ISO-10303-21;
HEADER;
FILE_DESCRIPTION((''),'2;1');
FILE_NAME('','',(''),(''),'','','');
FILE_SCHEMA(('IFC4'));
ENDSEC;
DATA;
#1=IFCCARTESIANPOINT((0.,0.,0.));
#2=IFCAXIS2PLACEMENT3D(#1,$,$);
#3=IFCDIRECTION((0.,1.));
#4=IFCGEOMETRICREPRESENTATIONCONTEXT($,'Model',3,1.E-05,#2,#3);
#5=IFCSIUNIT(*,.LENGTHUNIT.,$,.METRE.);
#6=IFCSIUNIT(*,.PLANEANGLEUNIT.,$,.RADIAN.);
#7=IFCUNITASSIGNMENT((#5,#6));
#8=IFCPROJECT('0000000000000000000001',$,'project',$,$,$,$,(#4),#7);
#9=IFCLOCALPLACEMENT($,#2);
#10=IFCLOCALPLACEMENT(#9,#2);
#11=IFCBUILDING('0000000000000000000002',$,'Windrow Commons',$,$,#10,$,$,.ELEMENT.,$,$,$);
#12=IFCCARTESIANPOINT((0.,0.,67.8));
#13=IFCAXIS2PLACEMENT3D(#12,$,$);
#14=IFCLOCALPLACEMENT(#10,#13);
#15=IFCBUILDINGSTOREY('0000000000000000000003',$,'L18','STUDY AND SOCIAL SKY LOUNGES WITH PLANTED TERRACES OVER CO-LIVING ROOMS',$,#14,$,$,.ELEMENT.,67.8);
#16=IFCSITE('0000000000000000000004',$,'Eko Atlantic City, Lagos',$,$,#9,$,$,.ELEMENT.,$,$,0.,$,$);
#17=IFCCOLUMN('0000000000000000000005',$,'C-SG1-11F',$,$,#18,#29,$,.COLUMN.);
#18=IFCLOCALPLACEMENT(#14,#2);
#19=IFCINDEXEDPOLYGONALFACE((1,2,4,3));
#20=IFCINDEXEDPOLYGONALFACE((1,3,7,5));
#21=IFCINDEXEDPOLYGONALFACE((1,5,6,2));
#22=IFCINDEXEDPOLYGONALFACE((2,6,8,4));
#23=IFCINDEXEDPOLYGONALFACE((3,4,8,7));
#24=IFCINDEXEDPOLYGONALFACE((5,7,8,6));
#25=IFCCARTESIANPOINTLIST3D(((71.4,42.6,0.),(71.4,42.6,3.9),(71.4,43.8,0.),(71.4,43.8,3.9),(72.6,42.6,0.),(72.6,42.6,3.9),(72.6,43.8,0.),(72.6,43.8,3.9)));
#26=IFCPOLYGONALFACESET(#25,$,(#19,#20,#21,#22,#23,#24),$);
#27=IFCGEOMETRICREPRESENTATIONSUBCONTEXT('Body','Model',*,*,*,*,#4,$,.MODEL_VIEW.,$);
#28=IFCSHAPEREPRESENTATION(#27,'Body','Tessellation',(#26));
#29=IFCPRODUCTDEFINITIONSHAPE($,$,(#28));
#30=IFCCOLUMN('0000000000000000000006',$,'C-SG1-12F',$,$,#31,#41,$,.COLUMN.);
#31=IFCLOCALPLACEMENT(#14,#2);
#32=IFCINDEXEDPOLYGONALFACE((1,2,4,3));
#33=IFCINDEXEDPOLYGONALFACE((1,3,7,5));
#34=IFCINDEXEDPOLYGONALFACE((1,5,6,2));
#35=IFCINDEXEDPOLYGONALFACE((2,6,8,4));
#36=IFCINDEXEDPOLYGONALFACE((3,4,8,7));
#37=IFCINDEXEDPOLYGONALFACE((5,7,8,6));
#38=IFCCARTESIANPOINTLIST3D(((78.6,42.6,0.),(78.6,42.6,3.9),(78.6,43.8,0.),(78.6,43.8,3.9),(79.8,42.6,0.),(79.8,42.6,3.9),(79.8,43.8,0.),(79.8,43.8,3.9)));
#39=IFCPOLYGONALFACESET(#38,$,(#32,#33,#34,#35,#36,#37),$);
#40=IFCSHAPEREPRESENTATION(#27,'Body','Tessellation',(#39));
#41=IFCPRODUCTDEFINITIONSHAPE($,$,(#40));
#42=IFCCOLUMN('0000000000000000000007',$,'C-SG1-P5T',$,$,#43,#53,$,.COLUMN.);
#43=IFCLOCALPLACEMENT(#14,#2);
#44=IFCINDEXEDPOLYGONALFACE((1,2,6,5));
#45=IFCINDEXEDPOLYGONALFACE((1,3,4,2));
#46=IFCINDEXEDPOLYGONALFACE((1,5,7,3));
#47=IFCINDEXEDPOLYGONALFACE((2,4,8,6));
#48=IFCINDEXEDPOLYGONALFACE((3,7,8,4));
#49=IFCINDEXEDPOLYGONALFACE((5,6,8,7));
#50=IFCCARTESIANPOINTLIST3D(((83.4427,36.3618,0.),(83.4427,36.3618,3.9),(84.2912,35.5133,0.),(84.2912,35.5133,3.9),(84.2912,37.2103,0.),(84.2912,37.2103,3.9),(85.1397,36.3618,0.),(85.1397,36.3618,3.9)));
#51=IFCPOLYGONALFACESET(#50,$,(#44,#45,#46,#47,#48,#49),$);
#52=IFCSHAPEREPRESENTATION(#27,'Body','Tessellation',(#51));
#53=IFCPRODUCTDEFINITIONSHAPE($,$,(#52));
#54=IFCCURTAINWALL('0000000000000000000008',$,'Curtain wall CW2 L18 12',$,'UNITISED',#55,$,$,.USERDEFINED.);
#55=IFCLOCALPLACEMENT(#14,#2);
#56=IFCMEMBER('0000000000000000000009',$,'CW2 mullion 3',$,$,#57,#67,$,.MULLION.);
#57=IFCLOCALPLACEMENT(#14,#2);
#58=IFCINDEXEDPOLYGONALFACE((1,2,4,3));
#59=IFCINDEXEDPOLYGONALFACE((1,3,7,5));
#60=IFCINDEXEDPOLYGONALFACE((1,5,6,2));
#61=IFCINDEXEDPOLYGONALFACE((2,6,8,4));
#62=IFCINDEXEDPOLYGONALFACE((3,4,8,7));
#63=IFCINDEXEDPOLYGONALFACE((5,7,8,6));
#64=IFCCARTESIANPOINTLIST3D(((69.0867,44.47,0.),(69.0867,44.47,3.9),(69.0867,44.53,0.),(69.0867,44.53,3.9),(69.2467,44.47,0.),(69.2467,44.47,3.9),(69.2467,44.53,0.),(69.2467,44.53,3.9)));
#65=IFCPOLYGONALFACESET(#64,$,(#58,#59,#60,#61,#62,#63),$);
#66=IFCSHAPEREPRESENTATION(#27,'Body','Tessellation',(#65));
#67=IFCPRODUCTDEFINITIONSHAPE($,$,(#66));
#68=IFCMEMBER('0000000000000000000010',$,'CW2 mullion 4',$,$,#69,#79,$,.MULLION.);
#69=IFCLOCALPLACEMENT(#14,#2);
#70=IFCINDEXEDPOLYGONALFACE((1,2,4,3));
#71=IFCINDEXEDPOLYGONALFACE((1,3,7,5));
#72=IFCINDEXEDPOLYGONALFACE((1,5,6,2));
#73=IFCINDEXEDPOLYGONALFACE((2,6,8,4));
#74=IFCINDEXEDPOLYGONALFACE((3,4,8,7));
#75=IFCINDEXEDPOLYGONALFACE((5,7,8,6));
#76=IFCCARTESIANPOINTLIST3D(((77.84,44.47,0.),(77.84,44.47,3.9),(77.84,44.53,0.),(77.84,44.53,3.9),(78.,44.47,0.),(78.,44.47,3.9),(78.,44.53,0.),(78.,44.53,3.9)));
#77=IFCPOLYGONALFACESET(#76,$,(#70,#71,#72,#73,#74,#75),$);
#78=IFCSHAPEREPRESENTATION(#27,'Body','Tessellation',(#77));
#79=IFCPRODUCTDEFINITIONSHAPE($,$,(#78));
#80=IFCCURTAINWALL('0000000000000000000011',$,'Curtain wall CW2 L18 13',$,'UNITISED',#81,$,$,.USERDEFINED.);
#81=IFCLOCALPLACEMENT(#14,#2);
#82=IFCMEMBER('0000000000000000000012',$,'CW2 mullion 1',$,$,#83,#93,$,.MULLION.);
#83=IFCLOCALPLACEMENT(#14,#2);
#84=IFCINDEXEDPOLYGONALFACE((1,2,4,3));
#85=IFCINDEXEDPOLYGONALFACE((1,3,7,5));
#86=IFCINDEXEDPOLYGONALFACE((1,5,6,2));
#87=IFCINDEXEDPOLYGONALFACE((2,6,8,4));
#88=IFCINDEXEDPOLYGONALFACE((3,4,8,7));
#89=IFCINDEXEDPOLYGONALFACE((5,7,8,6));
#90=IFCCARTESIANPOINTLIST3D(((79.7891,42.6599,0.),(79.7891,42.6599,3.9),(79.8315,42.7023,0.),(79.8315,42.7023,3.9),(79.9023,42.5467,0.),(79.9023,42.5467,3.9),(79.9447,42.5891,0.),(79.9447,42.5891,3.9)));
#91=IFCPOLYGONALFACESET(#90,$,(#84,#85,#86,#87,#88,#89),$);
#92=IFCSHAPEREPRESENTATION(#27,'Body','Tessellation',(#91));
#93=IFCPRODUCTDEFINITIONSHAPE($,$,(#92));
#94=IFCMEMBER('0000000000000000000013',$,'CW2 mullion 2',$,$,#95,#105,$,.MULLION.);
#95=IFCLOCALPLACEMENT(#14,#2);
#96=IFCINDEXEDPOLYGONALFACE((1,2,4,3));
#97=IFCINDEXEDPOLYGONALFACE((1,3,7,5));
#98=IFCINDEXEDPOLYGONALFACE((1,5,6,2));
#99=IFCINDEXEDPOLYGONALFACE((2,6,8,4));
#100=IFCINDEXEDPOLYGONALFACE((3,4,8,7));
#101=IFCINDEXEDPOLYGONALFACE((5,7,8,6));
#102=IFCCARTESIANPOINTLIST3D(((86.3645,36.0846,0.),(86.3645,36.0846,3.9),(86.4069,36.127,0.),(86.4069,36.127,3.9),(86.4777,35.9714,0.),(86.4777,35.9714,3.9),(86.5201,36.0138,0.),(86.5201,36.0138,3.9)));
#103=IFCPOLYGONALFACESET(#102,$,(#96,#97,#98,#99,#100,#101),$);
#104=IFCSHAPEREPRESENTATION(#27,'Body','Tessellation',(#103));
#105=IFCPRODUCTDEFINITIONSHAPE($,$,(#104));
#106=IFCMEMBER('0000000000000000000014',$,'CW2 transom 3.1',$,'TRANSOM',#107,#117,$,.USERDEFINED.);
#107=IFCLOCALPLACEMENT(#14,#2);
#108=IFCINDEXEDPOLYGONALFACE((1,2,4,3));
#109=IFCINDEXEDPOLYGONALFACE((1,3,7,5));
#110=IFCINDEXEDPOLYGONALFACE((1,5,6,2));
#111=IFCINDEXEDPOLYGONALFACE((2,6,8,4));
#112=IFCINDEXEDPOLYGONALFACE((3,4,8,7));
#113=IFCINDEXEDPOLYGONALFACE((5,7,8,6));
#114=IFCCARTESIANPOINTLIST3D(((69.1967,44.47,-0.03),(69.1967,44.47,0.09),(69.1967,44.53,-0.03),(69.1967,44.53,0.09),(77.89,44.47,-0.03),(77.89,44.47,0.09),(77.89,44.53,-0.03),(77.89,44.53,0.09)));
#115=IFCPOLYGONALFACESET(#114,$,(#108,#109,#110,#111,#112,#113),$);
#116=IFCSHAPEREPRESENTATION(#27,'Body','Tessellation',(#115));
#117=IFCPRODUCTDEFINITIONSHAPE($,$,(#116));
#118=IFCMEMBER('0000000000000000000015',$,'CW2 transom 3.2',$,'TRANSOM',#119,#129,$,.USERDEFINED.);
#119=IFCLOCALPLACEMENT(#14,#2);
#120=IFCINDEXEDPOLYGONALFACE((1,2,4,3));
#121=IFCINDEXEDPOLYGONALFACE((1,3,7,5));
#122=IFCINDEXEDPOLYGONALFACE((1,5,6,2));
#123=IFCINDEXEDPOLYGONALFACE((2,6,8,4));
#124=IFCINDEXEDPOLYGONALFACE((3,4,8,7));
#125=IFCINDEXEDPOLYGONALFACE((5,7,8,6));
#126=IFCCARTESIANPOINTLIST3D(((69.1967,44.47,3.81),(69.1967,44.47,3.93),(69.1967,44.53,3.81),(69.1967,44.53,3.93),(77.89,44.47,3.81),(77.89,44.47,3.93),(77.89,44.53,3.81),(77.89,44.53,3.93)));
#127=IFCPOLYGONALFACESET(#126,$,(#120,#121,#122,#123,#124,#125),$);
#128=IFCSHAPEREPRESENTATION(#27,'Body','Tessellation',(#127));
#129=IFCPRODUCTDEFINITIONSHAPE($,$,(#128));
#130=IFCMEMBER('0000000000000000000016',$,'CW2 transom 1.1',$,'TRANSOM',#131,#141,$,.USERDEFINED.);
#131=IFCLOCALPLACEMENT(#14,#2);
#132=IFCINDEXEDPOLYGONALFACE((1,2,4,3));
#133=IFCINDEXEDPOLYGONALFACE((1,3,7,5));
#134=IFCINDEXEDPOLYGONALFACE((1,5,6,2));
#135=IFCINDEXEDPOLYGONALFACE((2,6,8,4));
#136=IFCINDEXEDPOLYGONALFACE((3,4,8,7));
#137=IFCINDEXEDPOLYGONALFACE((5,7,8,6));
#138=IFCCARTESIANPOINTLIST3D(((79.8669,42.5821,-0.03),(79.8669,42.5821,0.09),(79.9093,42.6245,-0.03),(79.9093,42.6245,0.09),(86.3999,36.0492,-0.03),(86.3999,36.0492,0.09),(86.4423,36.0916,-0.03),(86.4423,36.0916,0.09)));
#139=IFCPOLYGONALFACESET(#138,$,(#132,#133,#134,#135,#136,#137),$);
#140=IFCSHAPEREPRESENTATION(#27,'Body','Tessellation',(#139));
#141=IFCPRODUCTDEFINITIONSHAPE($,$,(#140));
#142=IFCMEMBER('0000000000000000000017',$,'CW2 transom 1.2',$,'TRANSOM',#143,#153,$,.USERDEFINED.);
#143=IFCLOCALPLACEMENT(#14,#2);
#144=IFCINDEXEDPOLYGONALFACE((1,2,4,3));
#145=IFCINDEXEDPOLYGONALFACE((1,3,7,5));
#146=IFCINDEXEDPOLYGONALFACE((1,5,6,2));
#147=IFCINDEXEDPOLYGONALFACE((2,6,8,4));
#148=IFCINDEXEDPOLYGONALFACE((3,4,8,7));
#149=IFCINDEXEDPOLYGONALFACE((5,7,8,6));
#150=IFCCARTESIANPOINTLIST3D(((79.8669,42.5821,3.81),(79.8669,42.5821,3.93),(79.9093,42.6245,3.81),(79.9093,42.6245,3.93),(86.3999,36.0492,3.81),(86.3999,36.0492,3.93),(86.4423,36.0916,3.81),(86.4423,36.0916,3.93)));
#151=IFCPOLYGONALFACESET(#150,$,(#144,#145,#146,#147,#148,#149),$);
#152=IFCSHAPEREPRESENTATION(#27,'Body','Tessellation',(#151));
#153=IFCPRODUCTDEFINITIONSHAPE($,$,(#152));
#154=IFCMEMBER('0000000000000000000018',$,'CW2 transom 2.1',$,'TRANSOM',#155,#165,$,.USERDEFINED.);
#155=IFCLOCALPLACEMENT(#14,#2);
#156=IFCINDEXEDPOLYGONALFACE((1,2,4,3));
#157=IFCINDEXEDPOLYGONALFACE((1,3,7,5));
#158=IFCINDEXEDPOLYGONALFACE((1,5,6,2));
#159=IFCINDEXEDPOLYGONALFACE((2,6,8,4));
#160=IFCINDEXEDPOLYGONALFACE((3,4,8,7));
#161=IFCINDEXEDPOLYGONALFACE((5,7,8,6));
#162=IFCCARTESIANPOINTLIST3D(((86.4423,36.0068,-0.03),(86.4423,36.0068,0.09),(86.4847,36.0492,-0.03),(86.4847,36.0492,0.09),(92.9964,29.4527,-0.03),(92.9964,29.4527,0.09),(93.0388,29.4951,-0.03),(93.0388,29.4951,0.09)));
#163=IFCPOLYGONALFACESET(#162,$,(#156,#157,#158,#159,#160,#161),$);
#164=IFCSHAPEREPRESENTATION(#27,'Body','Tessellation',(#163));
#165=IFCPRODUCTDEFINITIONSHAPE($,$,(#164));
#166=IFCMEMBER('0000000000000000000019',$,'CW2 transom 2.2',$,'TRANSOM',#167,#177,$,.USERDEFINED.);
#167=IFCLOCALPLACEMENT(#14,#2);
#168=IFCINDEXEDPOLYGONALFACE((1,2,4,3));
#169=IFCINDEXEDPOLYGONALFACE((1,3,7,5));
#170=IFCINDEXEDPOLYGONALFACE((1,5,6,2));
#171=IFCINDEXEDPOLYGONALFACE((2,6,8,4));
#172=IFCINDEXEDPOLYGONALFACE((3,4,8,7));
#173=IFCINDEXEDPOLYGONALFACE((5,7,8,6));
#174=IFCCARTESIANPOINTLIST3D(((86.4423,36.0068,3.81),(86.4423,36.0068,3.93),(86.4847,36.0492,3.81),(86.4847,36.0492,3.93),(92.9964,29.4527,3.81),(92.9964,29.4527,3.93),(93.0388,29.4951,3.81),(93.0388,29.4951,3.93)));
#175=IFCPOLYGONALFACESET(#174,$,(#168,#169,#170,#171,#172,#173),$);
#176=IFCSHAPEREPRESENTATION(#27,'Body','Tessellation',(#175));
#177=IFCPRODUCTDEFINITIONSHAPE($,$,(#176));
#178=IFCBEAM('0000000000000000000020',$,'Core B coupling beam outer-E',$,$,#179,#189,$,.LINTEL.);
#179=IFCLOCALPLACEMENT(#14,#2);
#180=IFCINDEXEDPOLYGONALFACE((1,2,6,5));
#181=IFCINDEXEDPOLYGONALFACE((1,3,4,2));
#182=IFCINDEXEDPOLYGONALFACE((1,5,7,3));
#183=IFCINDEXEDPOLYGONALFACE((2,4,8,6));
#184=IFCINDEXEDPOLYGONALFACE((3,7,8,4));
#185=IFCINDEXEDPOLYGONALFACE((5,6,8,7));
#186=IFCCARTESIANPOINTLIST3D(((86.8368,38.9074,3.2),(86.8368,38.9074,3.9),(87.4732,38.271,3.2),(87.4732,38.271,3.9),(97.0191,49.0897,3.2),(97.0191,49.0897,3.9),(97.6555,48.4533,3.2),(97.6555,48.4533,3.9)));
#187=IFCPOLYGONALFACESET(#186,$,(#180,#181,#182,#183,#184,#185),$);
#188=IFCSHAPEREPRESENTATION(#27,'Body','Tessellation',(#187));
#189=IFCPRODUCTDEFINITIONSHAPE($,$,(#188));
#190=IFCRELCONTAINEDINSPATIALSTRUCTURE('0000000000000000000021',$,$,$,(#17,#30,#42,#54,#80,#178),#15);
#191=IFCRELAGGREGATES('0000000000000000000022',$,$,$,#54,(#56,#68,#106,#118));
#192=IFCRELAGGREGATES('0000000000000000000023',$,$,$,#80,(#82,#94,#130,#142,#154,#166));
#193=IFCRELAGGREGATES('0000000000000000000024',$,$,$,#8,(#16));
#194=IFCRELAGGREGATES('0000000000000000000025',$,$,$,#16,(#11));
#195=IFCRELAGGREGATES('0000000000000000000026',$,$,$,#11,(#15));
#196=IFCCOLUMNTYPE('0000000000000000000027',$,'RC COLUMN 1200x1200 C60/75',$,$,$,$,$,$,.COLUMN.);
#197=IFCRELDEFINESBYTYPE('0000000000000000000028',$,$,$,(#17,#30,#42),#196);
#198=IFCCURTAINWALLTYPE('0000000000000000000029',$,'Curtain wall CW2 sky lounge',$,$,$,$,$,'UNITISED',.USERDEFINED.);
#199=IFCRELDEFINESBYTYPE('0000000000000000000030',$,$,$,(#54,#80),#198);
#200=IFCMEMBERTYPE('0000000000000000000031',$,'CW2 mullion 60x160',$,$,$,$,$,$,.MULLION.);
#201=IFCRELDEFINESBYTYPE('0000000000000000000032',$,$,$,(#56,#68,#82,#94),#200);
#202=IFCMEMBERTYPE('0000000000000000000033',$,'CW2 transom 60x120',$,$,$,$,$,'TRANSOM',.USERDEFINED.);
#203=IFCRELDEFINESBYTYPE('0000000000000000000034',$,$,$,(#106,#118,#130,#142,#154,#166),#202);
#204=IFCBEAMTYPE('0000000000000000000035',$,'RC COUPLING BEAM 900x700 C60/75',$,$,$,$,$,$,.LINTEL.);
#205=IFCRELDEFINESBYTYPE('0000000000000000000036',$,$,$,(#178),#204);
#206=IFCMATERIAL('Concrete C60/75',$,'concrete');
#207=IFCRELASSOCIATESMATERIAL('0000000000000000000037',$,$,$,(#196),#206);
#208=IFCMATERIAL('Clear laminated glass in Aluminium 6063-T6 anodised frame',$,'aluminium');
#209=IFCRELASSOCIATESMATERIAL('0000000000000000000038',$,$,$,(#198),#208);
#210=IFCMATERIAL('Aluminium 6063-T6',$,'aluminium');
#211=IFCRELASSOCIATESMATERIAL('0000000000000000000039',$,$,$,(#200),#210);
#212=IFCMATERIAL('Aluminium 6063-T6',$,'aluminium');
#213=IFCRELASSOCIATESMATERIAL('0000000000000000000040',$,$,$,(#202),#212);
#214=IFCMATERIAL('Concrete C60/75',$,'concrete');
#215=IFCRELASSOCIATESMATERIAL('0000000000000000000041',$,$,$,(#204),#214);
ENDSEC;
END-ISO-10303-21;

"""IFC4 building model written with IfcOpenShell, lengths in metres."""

from ifc_helpers import new_model, si_unit, direction, frame, origin, origin_2d, place, context, subcontext, project, spatial, rectangle, extrude, material, material_profile, profile_set, type_object, element, aggregate, save


model = new_model("IFC4")

# Units and contexts
model_context = context("Model", 3, precision=1e-05, world=origin(), true_north=direction((0.0, 1.0)))
body_context = subcontext(model_context, "Body", "Model", "MODEL_VIEW")
ifc_project = project(units=[si_unit("LENGTHUNIT", "METRE"), si_unit("PLANEANGLEUNIT", "RADIAN")], contexts=[model_context])

# Site, building, storey
site_placement = place(None, origin())
site = spatial("IfcSite", under=ifc_project, at=site_placement, Name="Eko Atlantic City, Lagos", CompositionType="ELEMENT", RefElevation=0.0)
building_placement = place(site_placement, origin())
building = spatial("IfcBuilding", under=site, at=building_placement, Name="Windrow Commons", CompositionType="ELEMENT")
storey_placement = place(building_placement, frame((0.0, 0.0, 67.8)))
storey = spatial("IfcBuildingStorey", under=building, at=storey_placement, Name="L18", Description="STUDY AND SOCIAL SKY LOUNGES WITH PLANTED TERRACES OVER CO-LIVING ROOMS", CompositionType="ELEMENT", Elevation=67.8)

# Columns
ifc_material_1 = material(Name="Concrete C60/75", Category="concrete")
ifc_material_profile_1 = material_profile(ifc_material_1, rectangle(XDim=1.2, YDim=1.2, at=origin_2d()))
ifc_profile_set_1 = profile_set([ifc_material_profile_1], Name="Concrete C60/75")
column_type = type_object("IfcColumnType", Name="RC COLUMN 1200x1200 C60/75", PredefinedType="COLUMN", material=ifc_profile_set_1)
for number, where, z_axis, x_axis, name in (
    (1, (72.0, 43.2, 0.0), (0.0, 0.0, 1.0), (1.0, 0.0, 0.0), "C-SG1-11F"),
    (2, (79.2, 43.2, 0.0), (0.0, 0.0, 1.0), (1.0, 0.0, 0.0), "C-SG1-12F"),
    (3, (84.2912, 36.3618, 0.0), (0.0, 0.0, 1.0), (0.707107, -0.707107, 0.0), "C-SG1-P5T"),
):
    element("IfcColumn", number, at=place(storey_placement, frame(where, z_axis=z_axis, x_axis=x_axis)), inside=storey, type_object=column_type, Name=name, PredefinedType="COLUMN", context=body_context, shape_type="SweptSolid", body=[
        extrude(rectangle(XDim=1.2, YDim=1.2, at=origin_2d()), origin(), (0.0, 0.0, 1.0), 3.9),
    ])

# Curtain walls, members
ifc_material_2 = material(Name="Clear laminated glass in Aluminium 6063-T6 anodised frame", Category="aluminium")
curtain_wall_type = type_object("IfcCurtainWallType", Name="Curtain wall CW2 sky lounge", ElementType="UNITISED", PredefinedType="USERDEFINED", material=ifc_material_2)
placement = place(storey_placement, origin())
curtain_wall_1 = element("IfcCurtainWall", 4, at=placement, inside=storey, type_object=curtain_wall_type, Name="Curtain wall CW2 L18 12", ObjectType="UNITISED", PredefinedType="USERDEFINED")
ifc_material_3 = material(Name="Aluminium 6063-T6", Category="aluminium")
ifc_material_profile_2 = material_profile(ifc_material_3, rectangle(XDim=0.06, YDim=0.16, at=origin_2d()))
ifc_profile_set_2 = profile_set([ifc_material_profile_2], Name="Aluminium 6063-T6")
member_type_1 = type_object("IfcMemberType", Name="CW2 mullion 60x160", PredefinedType="MULLION", material=ifc_profile_set_2)
member_1_placement = place(storey_placement, frame((69.1667, 44.5, 0.0), z_axis=(0.0, 0.0, 1.0), x_axis=(0.0, 1.0, 0.0)))
member_1 = element("IfcMember", 5, at=member_1_placement, type_object=member_type_1, Name="CW2 mullion 3", PredefinedType="MULLION", context=body_context, shape_type="SweptSolid", body=[
    extrude(rectangle(XDim=0.06, YDim=0.16, at=origin_2d()), origin(), (0.0, 0.0, 1.0), 3.9),
])
member_2_placement = place(storey_placement, frame((77.92, 44.5, 0.0), z_axis=(0.0, 0.0, 1.0), x_axis=(0.0, 1.0, 0.0)))
member_2 = element("IfcMember", 6, at=member_2_placement, type_object=member_type_1, Name="CW2 mullion 4", PredefinedType="MULLION", context=body_context, shape_type="SweptSolid", body=[
    extrude(rectangle(XDim=0.06, YDim=0.16, at=origin_2d()), origin(), (0.0, 0.0, 1.0), 3.9),
])
curtain_wall_2 = element("IfcCurtainWall", 7, at=placement, inside=storey, type_object=curtain_wall_type, Name="Curtain wall CW2 L18 13", ObjectType="UNITISED", PredefinedType="USERDEFINED")
member_3_placement = place(storey_placement, frame((79.8669, 42.6245, 0.0), z_axis=(0.0, 0.0, 1.0), x_axis=(0.707105, 0.707108, 0.0)))
member_3 = element("IfcMember", 8, at=member_3_placement, type_object=member_type_1, Name="CW2 mullion 1", PredefinedType="MULLION", context=body_context, shape_type="SweptSolid", body=[
    extrude(rectangle(XDim=0.06, YDim=0.16, at=origin_2d()), origin(), (0.0, 0.0, 1.0), 3.9),
])
member_4_placement = place(storey_placement, frame((86.4423, 36.0492, 0.0), z_axis=(0.0, 0.0, 1.0), x_axis=(0.707105, 0.707108, 0.0)))
member_4 = element("IfcMember", 9, at=member_4_placement, type_object=member_type_1, Name="CW2 mullion 2", PredefinedType="MULLION", context=body_context, shape_type="SweptSolid", body=[
    extrude(rectangle(XDim=0.06, YDim=0.16, at=origin_2d()), origin(), (0.0, 0.0, 1.0), 3.9),
])

# Members
ifc_material_4 = material(Name="Aluminium 6063-T6", Category="aluminium")
ifc_material_profile_3 = material_profile(ifc_material_4, rectangle(XDim=0.06, YDim=0.12, at=origin_2d()))
ifc_profile_set_3 = profile_set([ifc_material_profile_3], Name="Aluminium 6063-T6")
member_type_2 = type_object("IfcMemberType", Name="CW2 transom 60x120", ElementType="TRANSOM", PredefinedType="USERDEFINED", material=ifc_profile_set_3)
member_5_placement = place(storey_placement, frame((69.1967, 44.5, 0.03), z_axis=(1.0, 0.0, 0.0), x_axis=(0.0, 1.0, 0.0)))
member_5 = element("IfcMember", 10, at=member_5_placement, type_object=member_type_2, Name="CW2 transom 3.1", ObjectType="TRANSOM", PredefinedType="USERDEFINED", context=body_context, shape_type="SweptSolid", body=[
    extrude(rectangle(XDim=0.06, YDim=0.12, at=origin_2d()), origin(), (0.0, 0.0, 1.0), 8.6933),
])
member_6_placement = place(storey_placement, frame((69.1967, 44.5, 3.87), z_axis=(1.0, 0.0, 0.0), x_axis=(0.0, 1.0, 0.0)))
member_6 = element("IfcMember", 11, at=member_6_placement, type_object=member_type_2, Name="CW2 transom 3.2", ObjectType="TRANSOM", PredefinedType="USERDEFINED", context=body_context, shape_type="SweptSolid", body=[
    extrude(rectangle(XDim=0.06, YDim=0.12, at=origin_2d()), origin(), (0.0, 0.0, 1.0), 8.6933),
])
member_7_placement = place(storey_placement, frame((79.8881, 42.6033, 0.03), z_axis=(0.707112, -0.707101, 0.0), x_axis=(0.707101, 0.707112, 0.0)))
member_7 = element("IfcMember", 12, at=member_7_placement, type_object=member_type_2, Name="CW2 transom 1.1", ObjectType="TRANSOM", PredefinedType="USERDEFINED", context=body_context, shape_type="SweptSolid", body=[
    extrude(rectangle(XDim=0.06, YDim=0.12, at=origin_2d()), origin(), (0.0, 0.0, 1.0), 9.239),
])
member_8_placement = place(storey_placement, frame((79.8881, 42.6033, 3.87), z_axis=(0.707112, -0.707101, 0.0), x_axis=(0.707101, 0.707112, 0.0)))
member_8 = element("IfcMember", 13, at=member_8_placement, type_object=member_type_2, Name="CW2 transom 1.2", ObjectType="TRANSOM", PredefinedType="USERDEFINED", context=body_context, shape_type="SweptSolid", body=[
    extrude(rectangle(XDim=0.06, YDim=0.12, at=origin_2d()), origin(), (0.0, 0.0, 1.0), 9.239),
])
member_9_placement = place(storey_placement, frame((86.4635, 36.028, 0.03), z_axis=(0.707107, -0.707107, 0.0), x_axis=(0.707107, 0.707107, 0.0)))
member_9 = element("IfcMember", 14, at=member_9_placement, type_object=member_type_2, Name="CW2 transom 2.1", ObjectType="TRANSOM", PredefinedType="USERDEFINED", context=body_context, shape_type="SweptSolid", body=[
    extrude(rectangle(XDim=0.06, YDim=0.12, at=origin_2d()), origin(), (0.0, 0.0, 1.0), 9.2689),
])
member_10_placement = place(storey_placement, frame((86.4635, 36.028, 3.87), z_axis=(0.707107, -0.707107, 0.0), x_axis=(0.707107, 0.707107, 0.0)))
member_10 = element("IfcMember", 15, at=member_10_placement, type_object=member_type_2, Name="CW2 transom 2.2", ObjectType="TRANSOM", PredefinedType="USERDEFINED", context=body_context, shape_type="SweptSolid", body=[
    extrude(rectangle(XDim=0.06, YDim=0.12, at=origin_2d()), origin(), (0.0, 0.0, 1.0), 9.2689),
])

# Beam
ifc_material_5 = material(Name="Concrete C60/75", Category="concrete")
ifc_material_profile_4 = material_profile(ifc_material_5, rectangle(XDim=0.9, YDim=0.7, at=origin_2d()))
ifc_profile_set_4 = profile_set([ifc_material_profile_4], Name="Concrete C60/75")
beam_type_1 = type_object("IfcBeamType", Name="RC COUPLING BEAM 900x700 C60/75", PredefinedType="LINTEL", material=ifc_profile_set_4)
beam_1_placement = place(storey_placement, frame((87.155, 38.5892, 3.55), z_axis=(0.707107, 0.707107, 0.0), x_axis=(-0.707107, 0.707107, 0.0)))
element("IfcBeam", 16, at=beam_1_placement, inside=storey, type_object=beam_type_1, Name="Core B coupling beam outer-E", PredefinedType="LINTEL", context=body_context, shape_type="SweptSolid", body=[
    extrude(rectangle(XDim=0.9, YDim=0.7, at=origin_2d()), origin(), (0.0, 0.0, 1.0), 14.3999),
])

aggregate(curtain_wall_1, [member_1, member_2, member_5, member_6])
aggregate(curtain_wall_2, [member_3, member_4, member_7, member_8, member_9, member_10])

save(model, "model.ifc")
